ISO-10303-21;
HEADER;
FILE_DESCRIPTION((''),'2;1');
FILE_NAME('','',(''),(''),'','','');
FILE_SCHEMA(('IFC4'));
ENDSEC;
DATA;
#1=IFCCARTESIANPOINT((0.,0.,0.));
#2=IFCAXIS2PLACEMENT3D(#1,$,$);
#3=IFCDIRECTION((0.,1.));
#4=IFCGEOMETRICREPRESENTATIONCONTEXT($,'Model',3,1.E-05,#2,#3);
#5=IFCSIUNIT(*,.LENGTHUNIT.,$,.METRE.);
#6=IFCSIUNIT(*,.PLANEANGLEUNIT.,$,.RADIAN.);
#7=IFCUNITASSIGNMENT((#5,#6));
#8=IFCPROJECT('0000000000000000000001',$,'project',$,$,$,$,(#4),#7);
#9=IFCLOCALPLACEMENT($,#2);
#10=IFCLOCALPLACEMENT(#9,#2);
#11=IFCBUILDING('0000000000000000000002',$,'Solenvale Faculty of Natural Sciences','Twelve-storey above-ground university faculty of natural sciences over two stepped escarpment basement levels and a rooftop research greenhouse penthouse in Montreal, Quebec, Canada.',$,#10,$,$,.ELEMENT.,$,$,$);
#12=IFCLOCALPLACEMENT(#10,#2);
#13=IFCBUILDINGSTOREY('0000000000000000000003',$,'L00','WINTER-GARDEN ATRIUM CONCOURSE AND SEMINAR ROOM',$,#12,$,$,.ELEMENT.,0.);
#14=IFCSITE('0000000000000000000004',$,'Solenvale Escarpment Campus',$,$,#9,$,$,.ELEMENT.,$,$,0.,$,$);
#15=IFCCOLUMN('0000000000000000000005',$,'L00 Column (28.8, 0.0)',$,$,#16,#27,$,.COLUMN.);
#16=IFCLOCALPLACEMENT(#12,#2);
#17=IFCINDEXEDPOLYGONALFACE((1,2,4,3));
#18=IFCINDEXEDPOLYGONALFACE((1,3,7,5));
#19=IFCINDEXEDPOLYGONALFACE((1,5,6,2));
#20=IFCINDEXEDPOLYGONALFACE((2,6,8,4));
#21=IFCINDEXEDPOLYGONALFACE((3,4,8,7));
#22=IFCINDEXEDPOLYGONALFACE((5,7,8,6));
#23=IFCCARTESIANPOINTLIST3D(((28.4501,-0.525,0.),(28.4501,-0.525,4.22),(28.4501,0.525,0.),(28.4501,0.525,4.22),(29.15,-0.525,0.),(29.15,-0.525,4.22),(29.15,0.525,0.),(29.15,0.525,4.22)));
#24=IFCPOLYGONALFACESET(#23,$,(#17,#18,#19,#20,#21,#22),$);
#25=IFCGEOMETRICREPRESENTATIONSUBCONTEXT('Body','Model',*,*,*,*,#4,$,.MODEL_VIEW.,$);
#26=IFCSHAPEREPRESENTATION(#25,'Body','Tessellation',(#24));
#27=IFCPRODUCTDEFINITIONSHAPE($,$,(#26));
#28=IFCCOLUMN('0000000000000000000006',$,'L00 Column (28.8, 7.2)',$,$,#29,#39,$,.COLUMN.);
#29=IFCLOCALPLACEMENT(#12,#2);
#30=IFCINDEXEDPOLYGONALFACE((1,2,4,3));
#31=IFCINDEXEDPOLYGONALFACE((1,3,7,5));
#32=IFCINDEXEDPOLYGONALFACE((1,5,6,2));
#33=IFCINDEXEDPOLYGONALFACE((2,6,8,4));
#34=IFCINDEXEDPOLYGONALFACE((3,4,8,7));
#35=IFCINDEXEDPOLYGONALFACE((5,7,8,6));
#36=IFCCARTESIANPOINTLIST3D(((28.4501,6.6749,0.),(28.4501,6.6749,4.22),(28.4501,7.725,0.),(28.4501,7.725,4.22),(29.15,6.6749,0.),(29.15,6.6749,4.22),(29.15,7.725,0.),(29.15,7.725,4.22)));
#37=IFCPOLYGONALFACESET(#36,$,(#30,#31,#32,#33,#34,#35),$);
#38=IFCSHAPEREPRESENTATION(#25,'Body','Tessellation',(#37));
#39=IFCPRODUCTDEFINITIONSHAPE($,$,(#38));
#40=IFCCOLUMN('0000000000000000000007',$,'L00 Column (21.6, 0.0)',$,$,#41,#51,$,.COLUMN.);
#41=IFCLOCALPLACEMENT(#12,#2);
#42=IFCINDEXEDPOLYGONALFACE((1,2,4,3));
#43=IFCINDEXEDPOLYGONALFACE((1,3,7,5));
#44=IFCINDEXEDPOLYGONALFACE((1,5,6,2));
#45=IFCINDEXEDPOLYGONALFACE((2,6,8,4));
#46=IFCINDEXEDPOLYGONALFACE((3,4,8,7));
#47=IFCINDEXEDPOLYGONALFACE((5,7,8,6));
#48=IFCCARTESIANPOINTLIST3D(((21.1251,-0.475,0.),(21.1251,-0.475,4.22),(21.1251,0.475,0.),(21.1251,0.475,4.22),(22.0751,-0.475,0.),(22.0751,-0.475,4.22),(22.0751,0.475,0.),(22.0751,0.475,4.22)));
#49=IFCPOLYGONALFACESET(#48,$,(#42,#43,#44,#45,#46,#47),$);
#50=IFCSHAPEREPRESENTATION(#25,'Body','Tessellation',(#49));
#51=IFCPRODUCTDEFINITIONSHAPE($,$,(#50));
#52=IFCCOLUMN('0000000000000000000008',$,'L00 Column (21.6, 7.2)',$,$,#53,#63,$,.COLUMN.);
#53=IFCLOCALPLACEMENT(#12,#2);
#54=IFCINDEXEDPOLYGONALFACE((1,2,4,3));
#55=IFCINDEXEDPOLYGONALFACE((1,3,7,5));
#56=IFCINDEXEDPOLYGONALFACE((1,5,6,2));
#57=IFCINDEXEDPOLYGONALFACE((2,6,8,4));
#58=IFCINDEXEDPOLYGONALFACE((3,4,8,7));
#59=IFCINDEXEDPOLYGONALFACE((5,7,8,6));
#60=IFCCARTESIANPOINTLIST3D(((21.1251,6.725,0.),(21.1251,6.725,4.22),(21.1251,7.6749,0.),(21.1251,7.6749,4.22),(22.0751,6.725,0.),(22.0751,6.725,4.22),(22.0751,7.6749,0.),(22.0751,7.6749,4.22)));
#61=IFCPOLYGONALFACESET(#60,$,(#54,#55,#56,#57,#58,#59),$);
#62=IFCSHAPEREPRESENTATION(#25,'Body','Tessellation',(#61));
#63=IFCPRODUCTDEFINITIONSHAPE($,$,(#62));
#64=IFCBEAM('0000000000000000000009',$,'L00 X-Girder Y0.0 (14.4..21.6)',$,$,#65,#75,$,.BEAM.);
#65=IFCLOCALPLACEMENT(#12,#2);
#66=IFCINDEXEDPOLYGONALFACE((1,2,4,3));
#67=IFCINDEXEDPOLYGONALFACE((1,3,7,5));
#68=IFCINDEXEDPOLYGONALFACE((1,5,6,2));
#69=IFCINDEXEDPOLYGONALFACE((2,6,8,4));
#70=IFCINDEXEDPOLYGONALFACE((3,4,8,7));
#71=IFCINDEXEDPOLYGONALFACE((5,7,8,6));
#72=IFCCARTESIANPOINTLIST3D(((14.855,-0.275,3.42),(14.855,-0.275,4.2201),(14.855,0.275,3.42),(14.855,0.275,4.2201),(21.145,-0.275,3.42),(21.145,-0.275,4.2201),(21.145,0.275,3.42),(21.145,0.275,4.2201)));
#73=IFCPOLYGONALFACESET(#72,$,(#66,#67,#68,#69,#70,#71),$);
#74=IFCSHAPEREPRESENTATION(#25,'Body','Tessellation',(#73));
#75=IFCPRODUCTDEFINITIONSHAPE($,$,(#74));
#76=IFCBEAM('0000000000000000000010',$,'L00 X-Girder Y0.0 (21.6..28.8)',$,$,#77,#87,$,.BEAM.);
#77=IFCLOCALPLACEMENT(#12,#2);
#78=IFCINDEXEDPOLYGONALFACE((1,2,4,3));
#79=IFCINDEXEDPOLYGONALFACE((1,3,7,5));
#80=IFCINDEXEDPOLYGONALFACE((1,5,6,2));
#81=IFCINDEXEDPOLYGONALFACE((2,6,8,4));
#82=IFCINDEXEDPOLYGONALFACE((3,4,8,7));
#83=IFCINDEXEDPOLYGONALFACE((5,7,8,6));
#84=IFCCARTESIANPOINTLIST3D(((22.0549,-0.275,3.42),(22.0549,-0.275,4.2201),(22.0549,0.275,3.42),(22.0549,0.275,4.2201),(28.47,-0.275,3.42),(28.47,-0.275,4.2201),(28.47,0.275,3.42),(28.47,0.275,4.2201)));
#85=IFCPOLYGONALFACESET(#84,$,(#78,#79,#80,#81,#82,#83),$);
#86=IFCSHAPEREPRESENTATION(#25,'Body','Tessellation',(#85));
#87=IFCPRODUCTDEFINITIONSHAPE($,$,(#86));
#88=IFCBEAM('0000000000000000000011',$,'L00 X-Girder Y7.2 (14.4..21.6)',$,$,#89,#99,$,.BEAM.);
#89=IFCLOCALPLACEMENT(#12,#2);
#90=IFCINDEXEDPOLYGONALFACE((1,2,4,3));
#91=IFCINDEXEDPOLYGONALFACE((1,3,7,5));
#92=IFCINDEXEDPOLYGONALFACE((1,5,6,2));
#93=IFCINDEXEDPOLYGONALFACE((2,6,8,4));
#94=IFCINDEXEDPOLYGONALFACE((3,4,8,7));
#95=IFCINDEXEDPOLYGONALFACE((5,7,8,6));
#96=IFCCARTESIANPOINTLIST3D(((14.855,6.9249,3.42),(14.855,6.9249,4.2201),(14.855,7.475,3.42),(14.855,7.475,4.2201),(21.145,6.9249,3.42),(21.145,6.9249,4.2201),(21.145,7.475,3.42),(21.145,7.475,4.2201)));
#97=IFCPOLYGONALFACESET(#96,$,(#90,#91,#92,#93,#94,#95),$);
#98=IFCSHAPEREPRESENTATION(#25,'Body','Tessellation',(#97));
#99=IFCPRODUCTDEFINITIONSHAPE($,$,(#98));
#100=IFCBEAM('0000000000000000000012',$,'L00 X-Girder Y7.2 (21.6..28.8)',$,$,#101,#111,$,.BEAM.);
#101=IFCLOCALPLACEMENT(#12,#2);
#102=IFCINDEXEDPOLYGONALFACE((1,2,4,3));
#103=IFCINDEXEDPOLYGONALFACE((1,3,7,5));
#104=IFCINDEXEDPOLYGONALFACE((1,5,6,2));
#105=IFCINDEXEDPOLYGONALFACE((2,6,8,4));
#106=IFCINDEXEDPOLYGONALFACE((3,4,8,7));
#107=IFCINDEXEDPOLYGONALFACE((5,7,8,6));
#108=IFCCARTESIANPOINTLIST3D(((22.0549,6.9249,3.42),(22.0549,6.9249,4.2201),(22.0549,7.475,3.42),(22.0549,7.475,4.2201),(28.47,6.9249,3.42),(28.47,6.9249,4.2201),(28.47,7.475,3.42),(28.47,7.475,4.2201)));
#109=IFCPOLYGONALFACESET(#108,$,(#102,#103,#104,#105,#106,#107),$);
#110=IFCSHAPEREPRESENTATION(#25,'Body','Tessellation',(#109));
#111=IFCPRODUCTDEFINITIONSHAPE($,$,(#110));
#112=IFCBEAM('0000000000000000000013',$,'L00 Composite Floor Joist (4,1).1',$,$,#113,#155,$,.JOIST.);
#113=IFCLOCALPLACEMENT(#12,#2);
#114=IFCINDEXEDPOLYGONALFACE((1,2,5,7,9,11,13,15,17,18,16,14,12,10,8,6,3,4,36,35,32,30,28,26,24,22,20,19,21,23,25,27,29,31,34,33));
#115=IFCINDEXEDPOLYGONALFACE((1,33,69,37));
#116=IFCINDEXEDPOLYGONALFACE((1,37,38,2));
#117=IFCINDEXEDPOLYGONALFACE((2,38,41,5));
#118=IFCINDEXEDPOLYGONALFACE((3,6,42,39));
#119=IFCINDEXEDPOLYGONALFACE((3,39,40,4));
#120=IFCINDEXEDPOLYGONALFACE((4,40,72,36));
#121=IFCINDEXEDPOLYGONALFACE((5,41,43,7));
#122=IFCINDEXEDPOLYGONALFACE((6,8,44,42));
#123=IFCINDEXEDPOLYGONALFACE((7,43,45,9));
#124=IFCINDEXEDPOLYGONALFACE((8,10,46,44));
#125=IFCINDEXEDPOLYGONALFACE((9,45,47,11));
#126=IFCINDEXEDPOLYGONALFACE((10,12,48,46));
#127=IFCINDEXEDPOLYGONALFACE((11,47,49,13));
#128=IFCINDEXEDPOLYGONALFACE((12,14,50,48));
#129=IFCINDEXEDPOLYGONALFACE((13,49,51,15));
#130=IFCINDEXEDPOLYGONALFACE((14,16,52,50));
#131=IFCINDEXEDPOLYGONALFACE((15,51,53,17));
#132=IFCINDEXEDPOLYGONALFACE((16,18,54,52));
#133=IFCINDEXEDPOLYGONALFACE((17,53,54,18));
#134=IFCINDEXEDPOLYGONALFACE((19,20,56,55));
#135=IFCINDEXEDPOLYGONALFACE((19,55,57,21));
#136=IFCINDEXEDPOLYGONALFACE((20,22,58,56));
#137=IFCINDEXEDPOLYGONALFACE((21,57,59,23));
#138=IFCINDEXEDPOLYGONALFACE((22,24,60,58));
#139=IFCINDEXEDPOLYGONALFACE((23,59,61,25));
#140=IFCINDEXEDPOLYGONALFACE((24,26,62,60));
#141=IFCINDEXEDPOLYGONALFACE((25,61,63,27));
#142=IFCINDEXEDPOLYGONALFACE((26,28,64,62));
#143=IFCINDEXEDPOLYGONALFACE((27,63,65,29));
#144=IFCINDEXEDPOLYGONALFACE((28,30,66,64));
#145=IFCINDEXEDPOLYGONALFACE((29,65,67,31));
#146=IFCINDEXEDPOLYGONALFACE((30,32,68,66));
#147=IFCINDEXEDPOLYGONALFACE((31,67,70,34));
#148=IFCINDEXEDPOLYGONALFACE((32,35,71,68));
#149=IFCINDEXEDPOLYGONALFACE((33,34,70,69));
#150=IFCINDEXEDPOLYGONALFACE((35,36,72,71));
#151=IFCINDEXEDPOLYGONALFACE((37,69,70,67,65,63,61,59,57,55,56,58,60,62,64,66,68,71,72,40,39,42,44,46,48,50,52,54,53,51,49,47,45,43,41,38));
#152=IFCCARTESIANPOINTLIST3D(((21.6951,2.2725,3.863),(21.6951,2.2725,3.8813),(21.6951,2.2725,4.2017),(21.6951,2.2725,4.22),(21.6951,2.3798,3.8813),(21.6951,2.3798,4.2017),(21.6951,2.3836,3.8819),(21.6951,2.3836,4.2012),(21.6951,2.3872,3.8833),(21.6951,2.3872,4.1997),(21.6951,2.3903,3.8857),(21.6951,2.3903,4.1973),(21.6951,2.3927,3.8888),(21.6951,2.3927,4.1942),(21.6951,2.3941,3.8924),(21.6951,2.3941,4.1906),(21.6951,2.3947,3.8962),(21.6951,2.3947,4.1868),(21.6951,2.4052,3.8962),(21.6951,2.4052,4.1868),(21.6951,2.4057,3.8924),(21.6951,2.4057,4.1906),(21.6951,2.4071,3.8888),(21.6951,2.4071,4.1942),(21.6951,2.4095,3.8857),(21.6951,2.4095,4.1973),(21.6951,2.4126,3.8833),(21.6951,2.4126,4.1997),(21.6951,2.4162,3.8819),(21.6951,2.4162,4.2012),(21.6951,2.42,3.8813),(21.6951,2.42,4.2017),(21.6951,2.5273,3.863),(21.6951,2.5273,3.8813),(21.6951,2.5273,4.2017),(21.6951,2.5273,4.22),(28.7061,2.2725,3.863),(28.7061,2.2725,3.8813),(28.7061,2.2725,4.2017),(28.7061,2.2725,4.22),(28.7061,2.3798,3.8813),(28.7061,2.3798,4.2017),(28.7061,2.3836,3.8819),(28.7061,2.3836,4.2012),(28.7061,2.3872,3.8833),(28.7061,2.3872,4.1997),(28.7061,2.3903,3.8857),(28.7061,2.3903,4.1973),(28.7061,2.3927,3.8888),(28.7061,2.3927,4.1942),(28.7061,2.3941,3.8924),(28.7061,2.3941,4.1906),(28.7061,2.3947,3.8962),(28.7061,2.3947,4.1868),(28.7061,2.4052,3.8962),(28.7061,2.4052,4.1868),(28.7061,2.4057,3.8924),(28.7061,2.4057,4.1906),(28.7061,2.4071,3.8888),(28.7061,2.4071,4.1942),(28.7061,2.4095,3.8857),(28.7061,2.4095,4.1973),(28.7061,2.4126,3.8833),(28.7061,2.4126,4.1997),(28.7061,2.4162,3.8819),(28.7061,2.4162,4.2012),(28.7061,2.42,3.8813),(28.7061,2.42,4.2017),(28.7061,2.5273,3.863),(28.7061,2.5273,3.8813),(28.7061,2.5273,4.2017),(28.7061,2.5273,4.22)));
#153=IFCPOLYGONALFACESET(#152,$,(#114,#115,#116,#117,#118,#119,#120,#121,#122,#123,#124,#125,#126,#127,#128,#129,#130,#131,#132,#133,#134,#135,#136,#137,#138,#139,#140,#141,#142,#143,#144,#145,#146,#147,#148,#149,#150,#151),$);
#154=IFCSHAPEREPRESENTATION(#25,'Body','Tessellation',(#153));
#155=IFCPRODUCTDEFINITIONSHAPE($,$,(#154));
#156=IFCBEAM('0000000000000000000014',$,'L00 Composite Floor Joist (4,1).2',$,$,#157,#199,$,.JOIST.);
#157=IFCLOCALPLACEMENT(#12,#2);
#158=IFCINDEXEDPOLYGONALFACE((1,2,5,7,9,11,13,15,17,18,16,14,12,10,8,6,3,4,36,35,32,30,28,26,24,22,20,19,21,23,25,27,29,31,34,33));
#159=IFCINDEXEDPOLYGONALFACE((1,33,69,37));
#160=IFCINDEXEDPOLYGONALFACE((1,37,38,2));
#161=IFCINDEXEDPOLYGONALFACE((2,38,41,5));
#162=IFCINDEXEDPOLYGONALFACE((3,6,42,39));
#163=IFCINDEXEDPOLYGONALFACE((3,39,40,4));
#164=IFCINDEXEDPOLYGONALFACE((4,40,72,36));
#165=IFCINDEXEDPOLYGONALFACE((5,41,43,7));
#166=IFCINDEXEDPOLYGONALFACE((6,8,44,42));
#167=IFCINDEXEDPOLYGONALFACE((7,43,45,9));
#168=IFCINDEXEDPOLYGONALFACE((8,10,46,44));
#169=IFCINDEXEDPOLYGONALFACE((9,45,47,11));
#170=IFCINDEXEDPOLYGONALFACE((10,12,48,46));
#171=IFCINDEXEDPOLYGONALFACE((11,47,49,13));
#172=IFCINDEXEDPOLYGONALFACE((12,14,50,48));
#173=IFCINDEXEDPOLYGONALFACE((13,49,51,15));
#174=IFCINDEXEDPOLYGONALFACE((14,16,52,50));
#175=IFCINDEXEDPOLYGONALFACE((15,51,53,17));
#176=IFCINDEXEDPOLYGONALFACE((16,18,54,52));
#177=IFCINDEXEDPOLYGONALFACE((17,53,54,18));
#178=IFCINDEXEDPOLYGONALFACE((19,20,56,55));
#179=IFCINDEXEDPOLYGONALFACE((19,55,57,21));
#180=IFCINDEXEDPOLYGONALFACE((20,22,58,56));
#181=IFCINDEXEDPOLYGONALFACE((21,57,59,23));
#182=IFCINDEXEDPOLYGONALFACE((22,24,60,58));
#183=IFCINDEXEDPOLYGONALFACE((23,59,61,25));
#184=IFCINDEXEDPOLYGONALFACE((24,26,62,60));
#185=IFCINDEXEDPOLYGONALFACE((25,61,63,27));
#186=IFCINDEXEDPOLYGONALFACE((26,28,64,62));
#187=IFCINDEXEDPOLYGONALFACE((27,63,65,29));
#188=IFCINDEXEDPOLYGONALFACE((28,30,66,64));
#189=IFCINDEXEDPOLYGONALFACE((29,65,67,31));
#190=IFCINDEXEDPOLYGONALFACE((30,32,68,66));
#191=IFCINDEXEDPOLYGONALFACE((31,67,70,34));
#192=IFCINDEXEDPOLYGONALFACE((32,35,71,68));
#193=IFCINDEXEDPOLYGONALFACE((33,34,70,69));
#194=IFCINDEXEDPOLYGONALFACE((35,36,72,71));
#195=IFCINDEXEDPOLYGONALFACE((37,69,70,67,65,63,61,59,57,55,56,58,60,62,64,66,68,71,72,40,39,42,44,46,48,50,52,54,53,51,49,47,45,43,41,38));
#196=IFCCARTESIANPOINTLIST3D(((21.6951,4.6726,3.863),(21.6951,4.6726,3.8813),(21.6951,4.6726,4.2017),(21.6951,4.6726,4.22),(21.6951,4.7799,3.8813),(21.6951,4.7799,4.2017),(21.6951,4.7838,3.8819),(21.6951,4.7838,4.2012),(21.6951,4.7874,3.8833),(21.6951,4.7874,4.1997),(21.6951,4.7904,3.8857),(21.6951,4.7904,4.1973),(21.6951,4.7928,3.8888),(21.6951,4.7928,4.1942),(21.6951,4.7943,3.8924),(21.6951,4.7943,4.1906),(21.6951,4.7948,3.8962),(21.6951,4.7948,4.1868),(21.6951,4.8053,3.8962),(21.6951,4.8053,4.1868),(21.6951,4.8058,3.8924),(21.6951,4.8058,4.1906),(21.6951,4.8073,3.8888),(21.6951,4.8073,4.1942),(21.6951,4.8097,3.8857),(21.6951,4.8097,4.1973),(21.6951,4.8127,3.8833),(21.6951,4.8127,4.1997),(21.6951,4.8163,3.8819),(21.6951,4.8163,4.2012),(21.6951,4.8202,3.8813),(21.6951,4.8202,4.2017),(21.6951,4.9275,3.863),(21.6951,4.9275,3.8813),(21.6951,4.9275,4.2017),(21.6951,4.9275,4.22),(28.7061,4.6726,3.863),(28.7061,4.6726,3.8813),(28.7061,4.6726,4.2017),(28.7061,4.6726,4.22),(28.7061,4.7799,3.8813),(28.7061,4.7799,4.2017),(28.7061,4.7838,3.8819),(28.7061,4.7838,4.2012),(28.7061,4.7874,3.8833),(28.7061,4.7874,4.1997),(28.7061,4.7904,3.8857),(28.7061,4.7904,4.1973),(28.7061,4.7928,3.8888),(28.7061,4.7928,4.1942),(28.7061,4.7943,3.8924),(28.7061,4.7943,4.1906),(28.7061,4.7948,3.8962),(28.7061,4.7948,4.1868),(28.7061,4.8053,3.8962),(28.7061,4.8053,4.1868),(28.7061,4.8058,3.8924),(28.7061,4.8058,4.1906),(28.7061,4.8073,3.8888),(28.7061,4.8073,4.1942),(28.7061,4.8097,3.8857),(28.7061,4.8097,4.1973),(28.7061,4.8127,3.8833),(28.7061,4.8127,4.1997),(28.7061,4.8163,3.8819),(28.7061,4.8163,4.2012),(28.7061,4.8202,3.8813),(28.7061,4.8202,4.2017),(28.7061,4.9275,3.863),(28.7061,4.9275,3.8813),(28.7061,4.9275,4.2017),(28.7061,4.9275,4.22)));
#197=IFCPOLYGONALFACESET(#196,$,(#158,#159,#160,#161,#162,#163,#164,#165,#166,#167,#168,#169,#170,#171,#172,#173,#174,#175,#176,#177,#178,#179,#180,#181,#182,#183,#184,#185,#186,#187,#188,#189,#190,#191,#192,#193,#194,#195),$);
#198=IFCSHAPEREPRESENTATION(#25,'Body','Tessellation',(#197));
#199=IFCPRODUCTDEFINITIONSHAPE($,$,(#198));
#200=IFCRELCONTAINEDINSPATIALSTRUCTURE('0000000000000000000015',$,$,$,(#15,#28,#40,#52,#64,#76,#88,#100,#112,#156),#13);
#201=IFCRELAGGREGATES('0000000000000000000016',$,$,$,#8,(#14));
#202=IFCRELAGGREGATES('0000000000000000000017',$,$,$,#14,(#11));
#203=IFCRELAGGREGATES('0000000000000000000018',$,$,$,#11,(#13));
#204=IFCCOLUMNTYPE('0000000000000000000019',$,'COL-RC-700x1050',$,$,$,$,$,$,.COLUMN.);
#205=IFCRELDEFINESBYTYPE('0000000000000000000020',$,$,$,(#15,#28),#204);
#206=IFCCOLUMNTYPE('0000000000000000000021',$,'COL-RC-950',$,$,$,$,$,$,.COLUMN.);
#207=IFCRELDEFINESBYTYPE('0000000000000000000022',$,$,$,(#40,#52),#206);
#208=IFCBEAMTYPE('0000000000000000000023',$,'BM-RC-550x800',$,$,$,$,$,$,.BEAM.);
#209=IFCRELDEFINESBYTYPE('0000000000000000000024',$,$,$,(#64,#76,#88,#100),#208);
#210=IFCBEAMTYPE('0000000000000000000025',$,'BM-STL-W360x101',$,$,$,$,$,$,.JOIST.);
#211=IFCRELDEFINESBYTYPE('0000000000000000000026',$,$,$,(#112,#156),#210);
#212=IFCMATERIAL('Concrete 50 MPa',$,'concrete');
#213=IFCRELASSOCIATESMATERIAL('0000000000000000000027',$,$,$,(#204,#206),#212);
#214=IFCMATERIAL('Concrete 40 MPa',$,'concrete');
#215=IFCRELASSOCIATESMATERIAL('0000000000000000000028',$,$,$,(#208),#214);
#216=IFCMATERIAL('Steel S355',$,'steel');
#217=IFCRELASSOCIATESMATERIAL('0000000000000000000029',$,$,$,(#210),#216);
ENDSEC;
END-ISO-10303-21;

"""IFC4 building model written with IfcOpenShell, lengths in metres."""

from ifc_helpers import new_model, si_unit, direction, frame, origin, origin_2d, place, context, subcontext, project, spatial, rectangle, i_section, extrude, material, material_profile, profile_set, type_object, element, save


model = new_model("IFC4")

# Units and contexts
model_context = context("Model", 3, precision=1e-05, world=origin(), true_north=direction((0.0, 1.0)))
body_context = subcontext(model_context, "Body", "Model", "MODEL_VIEW")
ifc_project = project(units=[si_unit("LENGTHUNIT", "METRE"), si_unit("PLANEANGLEUNIT", "RADIAN")], contexts=[model_context])

# Site, building, storey
site_placement = place(None, origin())
site = spatial("IfcSite", under=ifc_project, at=site_placement, Name="Solenvale Escarpment Campus", CompositionType="ELEMENT", RefElevation=0.0)
building_placement = place(site_placement, origin())
building = spatial("IfcBuilding", under=site, at=building_placement, Name="Solenvale Faculty of Natural Sciences", Description="Twelve-storey above-ground university faculty of natural sciences over two stepped escarpment basement levels and a rooftop research greenhouse penthouse in Montreal, Quebec, Canada.", CompositionType="ELEMENT")
storey_placement = place(building_placement, origin())
storey = spatial("IfcBuildingStorey", under=building, at=storey_placement, Name="L00", Description="WINTER-GARDEN ATRIUM CONCOURSE AND SEMINAR ROOM", CompositionType="ELEMENT", Elevation=0.0)

# Columns
ifc_material_1 = material(Name="Concrete 50 MPa", Category="concrete")
ifc_material_profile_1 = material_profile(ifc_material_1, rectangle(XDim=0.7, YDim=1.05, at=origin_2d()), Name="RC-COL-700x1050")
ifc_profile_set_1 = profile_set([ifc_material_profile_1], Name="Concrete 50 MPa")
column_type_1 = type_object("IfcColumnType", Name="COL-RC-700x1050", PredefinedType="COLUMN", material=ifc_profile_set_1)
for number, where, z_axis, x_axis, name in (
    (1, (28.8, 0.0, 0.0), (0.0, 0.0, 1.0), (1.0, 0.0, 0.0), "L00 Column (28.8, 0.0)"),
    (2, (28.8, 7.2, 0.0), (0.0, 0.0, 1.0), (1.0, 0.0, 0.0), "L00 Column (28.8, 7.2)"),
):
    element("IfcColumn", number, at=place(storey_placement, frame(where, z_axis=z_axis, x_axis=x_axis)), inside=storey, type_object=column_type_1, Name=name, PredefinedType="COLUMN", context=body_context, shape_type="SweptSolid", body=[
        extrude(rectangle(XDim=0.7, YDim=1.05, at=origin_2d()), origin(), (0.0, 0.0, 1.0), 4.22),
    ])
ifc_material_profile_2 = material_profile(ifc_material_1, rectangle(XDim=0.95, YDim=0.95, at=origin_2d()), Name="RC-COL-950x950")
ifc_profile_set_2 = profile_set([ifc_material_profile_2], Name="Concrete 50 MPa")
column_type_2 = type_object("IfcColumnType", Name="COL-RC-950", PredefinedType="COLUMN", material=ifc_profile_set_2)
for number, where, z_axis, x_axis, name in (
    (3, (21.6001, 0.0, 0.0), (0.0, 0.0, 1.0), (1.0, 0.0, 0.0), "L00 Column (21.6, 0.0)"),
    (4, (21.6001, 7.2, 0.0), (0.0, 0.0, 1.0), (1.0, 0.0, 0.0), "L00 Column (21.6, 7.2)"),
):
    element("IfcColumn", number, at=place(storey_placement, frame(where, z_axis=z_axis, x_axis=x_axis)), inside=storey, type_object=column_type_2, Name=name, PredefinedType="COLUMN", context=body_context, shape_type="SweptSolid", body=[
        extrude(rectangle(XDim=0.95, YDim=0.95, at=origin_2d()), origin(), (0.0, 0.0, 1.0), 4.22),
    ])

# Beams
ifc_material_2 = material(Name="Concrete 40 MPa", Category="concrete")
ifc_material_profile_3 = material_profile(ifc_material_2, rectangle(XDim=0.55, YDim=0.8, at=origin_2d()), Name="RC-BM-550x800")
ifc_profile_set_3 = profile_set([ifc_material_profile_3], Name="Concrete 40 MPa")
beam_type_1 = type_object("IfcBeamType", Name="BM-RC-550x800", PredefinedType="BEAM", material=ifc_profile_set_3)
beam_1_placement = place(storey_placement, frame((14.855, 0.0, 3.8201), z_axis=(1.0, 0.0, 0.0), x_axis=(0.0, 1.0, 0.0)))
element("IfcBeam", 5, at=beam_1_placement, inside=storey, type_object=beam_type_1, Name="L00 X-Girder Y0.0 (14.4..21.6)", PredefinedType="BEAM", context=body_context, shape_type="SweptSolid", body=[
    extrude(rectangle(XDim=0.55, YDim=0.8, at=origin_2d()), origin(), (0.0, 0.0, 1.0), 6.29),
])
beam_2_placement = place(storey_placement, frame((22.0549, 0.0, 3.8201), z_axis=(1.0, 0.0, 0.0), x_axis=(0.0, 1.0, 0.0)))
element("IfcBeam", 6, at=beam_2_placement, inside=storey, type_object=beam_type_1, Name="L00 X-Girder Y0.0 (21.6..28.8)", PredefinedType="BEAM", context=body_context, shape_type="SweptSolid", body=[
    extrude(rectangle(XDim=0.55, YDim=0.8, at=origin_2d()), origin(), (0.0, 0.0, 1.0), 6.415),
])
beam_3_placement = place(storey_placement, frame((14.855, 7.2, 3.8201), z_axis=(1.0, 0.0, 0.0), x_axis=(0.0, 1.0, 0.0)))
element("IfcBeam", 7, at=beam_3_placement, inside=storey, type_object=beam_type_1, Name="L00 X-Girder Y7.2 (14.4..21.6)", PredefinedType="BEAM", context=body_context, shape_type="SweptSolid", body=[
    extrude(rectangle(XDim=0.55, YDim=0.8, at=origin_2d()), origin(), (0.0, 0.0, 1.0), 6.29),
])
beam_4_placement = place(storey_placement, frame((22.0549, 7.2, 3.8201), z_axis=(1.0, 0.0, 0.0), x_axis=(0.0, 1.0, 0.0)))
element("IfcBeam", 8, at=beam_4_placement, inside=storey, type_object=beam_type_1, Name="L00 X-Girder Y7.2 (21.6..28.8)", PredefinedType="BEAM", context=body_context, shape_type="SweptSolid", body=[
    extrude(rectangle(XDim=0.55, YDim=0.8, at=origin_2d()), origin(), (0.0, 0.0, 1.0), 6.415),
])
ifc_material_3 = material(Name="Steel S355", Category="steel")
ifc_material_profile_4 = material_profile(ifc_material_3, i_section(OverallWidth=0.2549, OverallDepth=0.3569, WebThickness=0.0105, FlangeThickness=0.0183, FilletRadius=0.0149, at=origin_2d()), Name="W360x101")
ifc_profile_set_4 = profile_set([ifc_material_profile_4], Name="Steel S355")
beam_type_2 = type_object("IfcBeamType", Name="BM-STL-W360x101", PredefinedType="JOIST", material=ifc_profile_set_4)
for number, where, z_axis, x_axis, name in (
    (9, (21.6951, 2.3999, 4.0415), (1.0, 0.0, 0.0), (0.0, 1.0, 0.0), "L00 Composite Floor Joist (4,1).1"),
    (10, (21.6951, 4.8, 4.0415), (1.0, 0.0, 0.0), (0.0, 1.0, 0.0), "L00 Composite Floor Joist (4,1).2"),
):
    element("IfcBeam", number, at=place(storey_placement, frame(where, z_axis=z_axis, x_axis=x_axis)), inside=storey, type_object=beam_type_2, Name=name, PredefinedType="JOIST", context=body_context, shape_type="SweptSolid", body=[
        extrude(i_section(OverallWidth=0.2549, OverallDepth=0.3569, WebThickness=0.0105, FlangeThickness=0.0183, FilletRadius=0.0149, at=origin_2d()), origin(), (0.0, 0.0, 1.0), 7.011),
    ])

save(model, "model.ifc")
